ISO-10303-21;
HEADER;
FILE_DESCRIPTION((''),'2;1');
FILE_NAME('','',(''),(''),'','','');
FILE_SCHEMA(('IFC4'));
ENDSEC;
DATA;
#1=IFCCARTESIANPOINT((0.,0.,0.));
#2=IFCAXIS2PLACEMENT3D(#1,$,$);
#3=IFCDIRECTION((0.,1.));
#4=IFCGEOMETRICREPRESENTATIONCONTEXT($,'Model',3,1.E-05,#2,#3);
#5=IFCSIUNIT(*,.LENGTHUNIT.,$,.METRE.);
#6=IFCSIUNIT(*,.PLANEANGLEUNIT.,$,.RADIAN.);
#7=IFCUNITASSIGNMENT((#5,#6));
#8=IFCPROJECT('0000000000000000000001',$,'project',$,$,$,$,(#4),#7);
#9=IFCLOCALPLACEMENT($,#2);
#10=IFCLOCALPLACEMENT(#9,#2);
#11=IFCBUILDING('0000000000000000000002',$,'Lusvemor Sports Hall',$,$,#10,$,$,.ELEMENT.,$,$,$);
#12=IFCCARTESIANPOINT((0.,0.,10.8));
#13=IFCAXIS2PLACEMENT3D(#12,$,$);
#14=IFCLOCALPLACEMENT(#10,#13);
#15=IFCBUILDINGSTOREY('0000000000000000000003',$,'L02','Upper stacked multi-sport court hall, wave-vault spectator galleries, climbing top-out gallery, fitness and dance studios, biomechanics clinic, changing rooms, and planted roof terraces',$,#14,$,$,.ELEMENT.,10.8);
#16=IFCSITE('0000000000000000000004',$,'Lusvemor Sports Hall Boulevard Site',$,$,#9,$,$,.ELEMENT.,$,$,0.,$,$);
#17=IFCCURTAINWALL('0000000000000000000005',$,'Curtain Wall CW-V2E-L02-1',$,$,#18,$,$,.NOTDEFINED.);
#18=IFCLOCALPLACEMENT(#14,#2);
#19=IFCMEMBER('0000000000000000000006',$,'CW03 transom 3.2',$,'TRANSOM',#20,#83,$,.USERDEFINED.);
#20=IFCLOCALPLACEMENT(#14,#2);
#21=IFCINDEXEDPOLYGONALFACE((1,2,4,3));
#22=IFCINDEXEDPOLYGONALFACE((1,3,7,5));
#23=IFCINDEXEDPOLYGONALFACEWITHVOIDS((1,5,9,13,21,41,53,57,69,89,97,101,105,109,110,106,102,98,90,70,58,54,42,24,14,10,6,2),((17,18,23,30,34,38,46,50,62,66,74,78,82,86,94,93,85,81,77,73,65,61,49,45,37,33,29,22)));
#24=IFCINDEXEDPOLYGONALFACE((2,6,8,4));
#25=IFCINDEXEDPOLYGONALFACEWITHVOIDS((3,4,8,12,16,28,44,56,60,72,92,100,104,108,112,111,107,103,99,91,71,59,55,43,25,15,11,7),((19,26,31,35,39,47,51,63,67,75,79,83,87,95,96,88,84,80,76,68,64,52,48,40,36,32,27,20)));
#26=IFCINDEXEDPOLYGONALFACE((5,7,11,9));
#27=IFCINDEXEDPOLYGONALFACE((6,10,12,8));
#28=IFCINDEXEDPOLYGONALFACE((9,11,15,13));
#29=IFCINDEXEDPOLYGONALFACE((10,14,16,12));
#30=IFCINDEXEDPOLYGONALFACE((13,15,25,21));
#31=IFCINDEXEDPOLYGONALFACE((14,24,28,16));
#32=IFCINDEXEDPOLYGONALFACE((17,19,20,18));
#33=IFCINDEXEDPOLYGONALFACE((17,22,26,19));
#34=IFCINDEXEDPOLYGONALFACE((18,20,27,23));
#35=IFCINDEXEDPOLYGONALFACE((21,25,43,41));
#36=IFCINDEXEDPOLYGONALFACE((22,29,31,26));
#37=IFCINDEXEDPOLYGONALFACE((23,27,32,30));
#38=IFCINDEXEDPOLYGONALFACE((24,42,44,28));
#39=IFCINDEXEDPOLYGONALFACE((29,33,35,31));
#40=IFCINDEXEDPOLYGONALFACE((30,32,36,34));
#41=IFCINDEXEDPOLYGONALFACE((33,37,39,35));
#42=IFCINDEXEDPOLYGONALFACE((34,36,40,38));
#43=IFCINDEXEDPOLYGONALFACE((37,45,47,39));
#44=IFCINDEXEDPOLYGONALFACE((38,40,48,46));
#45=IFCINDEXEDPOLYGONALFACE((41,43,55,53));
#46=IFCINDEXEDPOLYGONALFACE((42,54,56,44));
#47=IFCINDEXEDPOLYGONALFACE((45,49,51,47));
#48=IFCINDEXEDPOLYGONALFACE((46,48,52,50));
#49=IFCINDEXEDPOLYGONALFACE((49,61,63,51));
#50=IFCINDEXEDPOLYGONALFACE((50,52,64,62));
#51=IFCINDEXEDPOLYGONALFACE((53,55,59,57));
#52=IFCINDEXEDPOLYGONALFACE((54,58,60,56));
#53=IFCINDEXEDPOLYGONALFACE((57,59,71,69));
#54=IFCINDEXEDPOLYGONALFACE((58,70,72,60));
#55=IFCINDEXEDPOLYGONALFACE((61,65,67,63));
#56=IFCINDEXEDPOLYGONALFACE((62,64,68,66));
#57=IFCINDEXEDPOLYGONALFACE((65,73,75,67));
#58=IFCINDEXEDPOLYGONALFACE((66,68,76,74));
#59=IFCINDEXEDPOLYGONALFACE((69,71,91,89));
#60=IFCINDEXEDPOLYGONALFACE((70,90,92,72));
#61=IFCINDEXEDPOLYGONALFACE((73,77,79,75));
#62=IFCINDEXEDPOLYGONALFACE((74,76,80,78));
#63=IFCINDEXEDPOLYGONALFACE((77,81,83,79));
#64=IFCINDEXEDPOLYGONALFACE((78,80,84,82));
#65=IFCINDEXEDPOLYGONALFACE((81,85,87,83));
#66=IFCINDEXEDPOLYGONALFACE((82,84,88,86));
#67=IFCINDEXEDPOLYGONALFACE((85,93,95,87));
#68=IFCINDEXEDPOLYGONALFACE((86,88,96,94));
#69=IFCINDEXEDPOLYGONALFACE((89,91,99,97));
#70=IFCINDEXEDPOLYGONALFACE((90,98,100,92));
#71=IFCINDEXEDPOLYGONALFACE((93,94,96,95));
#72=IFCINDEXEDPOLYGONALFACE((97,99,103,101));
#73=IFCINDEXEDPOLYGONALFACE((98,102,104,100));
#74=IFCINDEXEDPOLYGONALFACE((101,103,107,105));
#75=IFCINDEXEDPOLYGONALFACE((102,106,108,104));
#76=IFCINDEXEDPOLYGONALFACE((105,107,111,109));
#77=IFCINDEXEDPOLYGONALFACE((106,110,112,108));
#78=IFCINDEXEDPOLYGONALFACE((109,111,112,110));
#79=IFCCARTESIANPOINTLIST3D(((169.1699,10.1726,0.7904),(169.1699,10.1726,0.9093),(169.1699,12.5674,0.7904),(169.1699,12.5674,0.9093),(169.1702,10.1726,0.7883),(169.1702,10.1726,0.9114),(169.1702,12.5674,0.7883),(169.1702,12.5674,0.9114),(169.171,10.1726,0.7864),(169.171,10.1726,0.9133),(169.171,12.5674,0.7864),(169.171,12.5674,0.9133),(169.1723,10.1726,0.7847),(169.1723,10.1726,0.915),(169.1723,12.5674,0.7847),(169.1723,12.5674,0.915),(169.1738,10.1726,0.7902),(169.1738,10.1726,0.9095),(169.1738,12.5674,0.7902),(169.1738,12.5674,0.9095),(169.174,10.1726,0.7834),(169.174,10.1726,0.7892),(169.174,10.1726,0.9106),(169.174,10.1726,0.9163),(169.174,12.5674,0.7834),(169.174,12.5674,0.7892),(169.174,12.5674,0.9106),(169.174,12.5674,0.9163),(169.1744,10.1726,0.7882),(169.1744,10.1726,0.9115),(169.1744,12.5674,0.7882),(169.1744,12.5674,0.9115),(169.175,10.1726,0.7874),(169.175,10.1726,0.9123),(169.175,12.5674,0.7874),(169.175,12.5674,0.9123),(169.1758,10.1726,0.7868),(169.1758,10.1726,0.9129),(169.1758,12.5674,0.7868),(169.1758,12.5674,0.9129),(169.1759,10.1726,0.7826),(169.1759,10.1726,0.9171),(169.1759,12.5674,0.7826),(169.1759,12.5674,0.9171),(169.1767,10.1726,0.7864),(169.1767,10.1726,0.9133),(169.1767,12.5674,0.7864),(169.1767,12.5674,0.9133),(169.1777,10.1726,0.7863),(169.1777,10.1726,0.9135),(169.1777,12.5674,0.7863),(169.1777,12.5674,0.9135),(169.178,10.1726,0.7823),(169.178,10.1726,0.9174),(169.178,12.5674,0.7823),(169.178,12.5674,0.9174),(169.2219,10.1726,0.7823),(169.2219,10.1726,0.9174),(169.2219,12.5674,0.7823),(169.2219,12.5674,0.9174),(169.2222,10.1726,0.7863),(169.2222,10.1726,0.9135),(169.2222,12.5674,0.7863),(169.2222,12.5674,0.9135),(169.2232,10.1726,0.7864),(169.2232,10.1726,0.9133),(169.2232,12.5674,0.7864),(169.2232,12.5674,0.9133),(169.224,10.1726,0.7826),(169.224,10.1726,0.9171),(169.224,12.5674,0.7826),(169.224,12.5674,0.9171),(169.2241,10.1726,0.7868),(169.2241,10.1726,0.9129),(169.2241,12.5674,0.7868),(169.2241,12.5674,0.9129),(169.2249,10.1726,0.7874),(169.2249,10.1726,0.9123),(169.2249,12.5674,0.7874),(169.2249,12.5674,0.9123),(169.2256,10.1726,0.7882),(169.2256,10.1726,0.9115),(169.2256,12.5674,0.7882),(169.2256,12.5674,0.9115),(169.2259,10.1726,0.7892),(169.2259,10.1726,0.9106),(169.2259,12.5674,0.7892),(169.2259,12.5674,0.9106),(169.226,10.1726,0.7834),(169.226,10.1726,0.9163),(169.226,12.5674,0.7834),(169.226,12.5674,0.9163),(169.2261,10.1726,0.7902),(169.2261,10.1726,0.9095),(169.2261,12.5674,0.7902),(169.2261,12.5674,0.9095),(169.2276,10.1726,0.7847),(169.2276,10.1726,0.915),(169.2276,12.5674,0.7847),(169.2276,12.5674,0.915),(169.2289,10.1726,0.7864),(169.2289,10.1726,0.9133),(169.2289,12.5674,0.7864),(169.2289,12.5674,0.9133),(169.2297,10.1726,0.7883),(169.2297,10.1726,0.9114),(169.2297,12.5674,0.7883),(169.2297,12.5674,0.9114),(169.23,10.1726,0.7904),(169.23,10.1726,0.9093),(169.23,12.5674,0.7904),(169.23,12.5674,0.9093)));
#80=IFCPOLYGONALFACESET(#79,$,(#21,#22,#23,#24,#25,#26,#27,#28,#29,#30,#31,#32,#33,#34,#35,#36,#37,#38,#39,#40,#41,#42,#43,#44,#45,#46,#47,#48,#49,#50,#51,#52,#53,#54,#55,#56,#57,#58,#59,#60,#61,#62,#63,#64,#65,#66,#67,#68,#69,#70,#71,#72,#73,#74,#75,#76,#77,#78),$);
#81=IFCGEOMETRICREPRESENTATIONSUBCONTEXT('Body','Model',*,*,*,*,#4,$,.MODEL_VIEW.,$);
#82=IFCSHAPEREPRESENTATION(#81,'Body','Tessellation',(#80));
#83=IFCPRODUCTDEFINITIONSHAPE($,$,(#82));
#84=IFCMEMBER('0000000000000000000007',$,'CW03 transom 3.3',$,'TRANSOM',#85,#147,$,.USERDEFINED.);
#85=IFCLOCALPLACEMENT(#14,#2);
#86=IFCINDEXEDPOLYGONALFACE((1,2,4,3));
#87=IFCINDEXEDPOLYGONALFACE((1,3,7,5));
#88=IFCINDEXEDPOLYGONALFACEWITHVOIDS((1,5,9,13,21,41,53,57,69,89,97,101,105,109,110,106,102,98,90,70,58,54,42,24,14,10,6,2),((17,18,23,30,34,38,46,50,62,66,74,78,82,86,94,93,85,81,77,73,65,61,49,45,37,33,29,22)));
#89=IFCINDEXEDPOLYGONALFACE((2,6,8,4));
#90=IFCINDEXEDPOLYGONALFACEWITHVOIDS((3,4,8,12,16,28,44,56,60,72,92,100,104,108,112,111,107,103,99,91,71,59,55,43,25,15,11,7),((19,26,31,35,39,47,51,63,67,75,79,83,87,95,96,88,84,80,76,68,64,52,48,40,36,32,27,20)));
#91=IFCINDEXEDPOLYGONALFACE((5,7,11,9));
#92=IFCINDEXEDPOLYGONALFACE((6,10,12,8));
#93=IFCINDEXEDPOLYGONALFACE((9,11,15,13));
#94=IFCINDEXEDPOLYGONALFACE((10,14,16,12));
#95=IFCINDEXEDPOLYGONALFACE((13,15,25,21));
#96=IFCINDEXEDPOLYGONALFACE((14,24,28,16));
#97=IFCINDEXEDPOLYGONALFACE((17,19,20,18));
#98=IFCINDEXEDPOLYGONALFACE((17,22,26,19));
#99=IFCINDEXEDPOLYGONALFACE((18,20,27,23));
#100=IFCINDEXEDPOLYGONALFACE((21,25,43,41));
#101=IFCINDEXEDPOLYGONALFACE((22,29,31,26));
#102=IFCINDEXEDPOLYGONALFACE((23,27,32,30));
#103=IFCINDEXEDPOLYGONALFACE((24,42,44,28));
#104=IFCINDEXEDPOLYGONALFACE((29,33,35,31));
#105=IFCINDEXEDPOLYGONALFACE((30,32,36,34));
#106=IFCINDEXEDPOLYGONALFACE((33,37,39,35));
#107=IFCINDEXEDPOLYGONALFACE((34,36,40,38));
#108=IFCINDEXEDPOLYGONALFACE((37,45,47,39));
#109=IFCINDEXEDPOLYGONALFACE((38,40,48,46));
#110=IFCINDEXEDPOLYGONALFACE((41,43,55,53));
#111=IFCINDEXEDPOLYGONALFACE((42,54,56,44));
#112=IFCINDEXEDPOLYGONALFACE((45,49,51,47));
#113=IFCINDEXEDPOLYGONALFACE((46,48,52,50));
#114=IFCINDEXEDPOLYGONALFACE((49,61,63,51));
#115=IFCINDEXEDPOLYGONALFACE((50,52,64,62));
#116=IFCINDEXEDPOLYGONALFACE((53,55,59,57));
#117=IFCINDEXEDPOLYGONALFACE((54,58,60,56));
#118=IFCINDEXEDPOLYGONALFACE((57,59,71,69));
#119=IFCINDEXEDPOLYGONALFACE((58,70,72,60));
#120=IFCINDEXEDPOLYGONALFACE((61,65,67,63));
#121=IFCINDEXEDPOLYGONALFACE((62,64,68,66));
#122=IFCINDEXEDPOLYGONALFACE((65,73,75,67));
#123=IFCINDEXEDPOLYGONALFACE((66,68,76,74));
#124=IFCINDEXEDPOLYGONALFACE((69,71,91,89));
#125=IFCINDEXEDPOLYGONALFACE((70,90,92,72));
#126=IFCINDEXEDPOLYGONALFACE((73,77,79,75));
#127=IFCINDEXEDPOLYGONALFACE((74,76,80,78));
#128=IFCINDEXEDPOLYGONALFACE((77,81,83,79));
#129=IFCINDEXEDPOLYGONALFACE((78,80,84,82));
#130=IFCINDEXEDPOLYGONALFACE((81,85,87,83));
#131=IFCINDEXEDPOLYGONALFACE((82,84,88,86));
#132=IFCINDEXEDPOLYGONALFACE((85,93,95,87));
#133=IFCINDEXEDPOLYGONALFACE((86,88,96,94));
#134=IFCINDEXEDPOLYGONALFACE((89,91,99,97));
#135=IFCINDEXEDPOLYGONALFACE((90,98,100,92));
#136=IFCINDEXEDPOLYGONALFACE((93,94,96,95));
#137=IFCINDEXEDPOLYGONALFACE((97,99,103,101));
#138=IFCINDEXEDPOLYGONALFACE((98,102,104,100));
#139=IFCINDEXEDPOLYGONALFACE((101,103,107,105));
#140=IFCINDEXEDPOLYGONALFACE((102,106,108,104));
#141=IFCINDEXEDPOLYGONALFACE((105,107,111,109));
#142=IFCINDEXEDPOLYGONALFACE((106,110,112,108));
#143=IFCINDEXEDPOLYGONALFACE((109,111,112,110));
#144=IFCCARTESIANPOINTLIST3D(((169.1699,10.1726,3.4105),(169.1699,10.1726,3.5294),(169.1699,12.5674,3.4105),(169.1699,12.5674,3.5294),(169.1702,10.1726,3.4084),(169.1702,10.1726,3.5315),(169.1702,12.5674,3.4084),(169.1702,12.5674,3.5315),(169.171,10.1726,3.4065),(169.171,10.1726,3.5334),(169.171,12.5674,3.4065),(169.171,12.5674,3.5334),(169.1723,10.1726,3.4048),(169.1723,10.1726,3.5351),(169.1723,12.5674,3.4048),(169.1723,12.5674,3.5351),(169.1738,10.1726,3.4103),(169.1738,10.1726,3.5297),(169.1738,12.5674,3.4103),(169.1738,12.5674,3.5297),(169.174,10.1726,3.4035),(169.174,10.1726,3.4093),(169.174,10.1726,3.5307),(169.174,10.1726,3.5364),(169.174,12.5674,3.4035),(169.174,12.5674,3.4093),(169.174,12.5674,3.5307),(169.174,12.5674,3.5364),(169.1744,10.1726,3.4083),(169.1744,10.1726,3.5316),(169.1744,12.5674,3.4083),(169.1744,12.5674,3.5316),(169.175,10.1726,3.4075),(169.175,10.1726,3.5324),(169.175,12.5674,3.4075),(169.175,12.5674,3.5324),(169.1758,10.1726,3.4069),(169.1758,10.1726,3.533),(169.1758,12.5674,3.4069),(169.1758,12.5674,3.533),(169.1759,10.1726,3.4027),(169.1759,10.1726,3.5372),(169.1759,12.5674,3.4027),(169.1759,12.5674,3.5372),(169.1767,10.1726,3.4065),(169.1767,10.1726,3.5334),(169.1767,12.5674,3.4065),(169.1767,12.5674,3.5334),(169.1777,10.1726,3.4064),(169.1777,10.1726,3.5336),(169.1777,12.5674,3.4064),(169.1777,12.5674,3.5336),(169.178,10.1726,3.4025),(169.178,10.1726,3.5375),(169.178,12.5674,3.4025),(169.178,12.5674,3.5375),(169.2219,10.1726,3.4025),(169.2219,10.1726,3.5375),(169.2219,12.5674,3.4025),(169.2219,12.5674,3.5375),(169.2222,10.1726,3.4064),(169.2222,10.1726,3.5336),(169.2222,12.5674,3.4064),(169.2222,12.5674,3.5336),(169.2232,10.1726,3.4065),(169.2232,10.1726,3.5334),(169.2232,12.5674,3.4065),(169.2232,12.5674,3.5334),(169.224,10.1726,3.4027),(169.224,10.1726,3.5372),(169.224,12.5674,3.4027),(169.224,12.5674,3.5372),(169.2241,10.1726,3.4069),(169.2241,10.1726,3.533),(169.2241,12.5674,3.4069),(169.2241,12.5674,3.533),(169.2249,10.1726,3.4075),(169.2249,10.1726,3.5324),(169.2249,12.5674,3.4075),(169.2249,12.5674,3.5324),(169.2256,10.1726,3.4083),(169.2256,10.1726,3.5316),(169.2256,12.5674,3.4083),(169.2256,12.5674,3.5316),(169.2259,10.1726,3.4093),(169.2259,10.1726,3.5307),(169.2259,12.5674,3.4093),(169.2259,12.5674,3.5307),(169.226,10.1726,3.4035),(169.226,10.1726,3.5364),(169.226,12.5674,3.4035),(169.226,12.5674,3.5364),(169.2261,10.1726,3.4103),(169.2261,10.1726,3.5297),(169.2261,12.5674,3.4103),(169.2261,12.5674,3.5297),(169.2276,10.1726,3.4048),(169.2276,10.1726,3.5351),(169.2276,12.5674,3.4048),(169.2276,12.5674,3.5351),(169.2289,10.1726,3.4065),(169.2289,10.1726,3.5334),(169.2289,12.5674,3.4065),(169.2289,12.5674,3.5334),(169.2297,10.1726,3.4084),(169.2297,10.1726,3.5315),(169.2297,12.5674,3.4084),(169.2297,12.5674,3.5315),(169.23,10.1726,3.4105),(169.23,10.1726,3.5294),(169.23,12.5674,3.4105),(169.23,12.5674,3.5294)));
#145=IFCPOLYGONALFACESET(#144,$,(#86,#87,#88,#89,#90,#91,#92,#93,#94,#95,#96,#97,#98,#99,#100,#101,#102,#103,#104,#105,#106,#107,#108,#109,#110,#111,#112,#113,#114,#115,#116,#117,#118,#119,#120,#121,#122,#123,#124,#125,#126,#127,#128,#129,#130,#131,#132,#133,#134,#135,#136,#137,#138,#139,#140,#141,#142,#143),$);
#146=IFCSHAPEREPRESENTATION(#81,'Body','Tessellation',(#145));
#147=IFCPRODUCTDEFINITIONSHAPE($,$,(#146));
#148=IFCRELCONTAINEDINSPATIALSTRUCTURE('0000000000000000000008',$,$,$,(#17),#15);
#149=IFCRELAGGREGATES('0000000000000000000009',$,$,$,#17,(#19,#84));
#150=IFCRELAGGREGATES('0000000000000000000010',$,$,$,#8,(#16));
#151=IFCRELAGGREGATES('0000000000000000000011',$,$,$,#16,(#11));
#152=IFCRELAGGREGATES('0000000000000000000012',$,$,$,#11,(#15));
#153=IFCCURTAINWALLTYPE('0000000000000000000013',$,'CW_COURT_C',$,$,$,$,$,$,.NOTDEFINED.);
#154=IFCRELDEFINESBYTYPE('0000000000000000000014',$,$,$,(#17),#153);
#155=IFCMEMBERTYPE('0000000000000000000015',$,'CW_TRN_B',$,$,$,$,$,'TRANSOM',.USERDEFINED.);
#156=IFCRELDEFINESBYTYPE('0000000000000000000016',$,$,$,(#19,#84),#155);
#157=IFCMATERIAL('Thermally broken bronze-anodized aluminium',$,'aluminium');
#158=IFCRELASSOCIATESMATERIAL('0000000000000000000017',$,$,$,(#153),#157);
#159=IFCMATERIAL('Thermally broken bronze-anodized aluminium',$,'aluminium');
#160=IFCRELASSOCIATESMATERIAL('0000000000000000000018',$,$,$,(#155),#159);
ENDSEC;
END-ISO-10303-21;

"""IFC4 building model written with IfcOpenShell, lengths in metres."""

from ifc_helpers import new_model, si_unit, direction, frame, origin, origin_2d, place, context, subcontext, project, spatial, hollow_rectangle, extrude, material, material_profile, profile_set, type_object, element, aggregate, save


model = new_model("IFC4")

# Units and contexts
model_context = context("Model", 3, precision=1e-05, world=origin(), true_north=direction((0.0, 1.0)))
body_context = subcontext(model_context, "Body", "Model", "MODEL_VIEW")
ifc_project = project(units=[si_unit("LENGTHUNIT", "METRE"), si_unit("PLANEANGLEUNIT", "RADIAN")], contexts=[model_context])

# Site, building, storey
site_placement = place(None, origin())
site = spatial("IfcSite", under=ifc_project, at=site_placement, Name="Lusvemor Sports Hall Boulevard Site", CompositionType="ELEMENT", RefElevation=0.0)
building_placement = place(site_placement, origin())
building = spatial("IfcBuilding", under=site, at=building_placement, Name="Lusvemor Sports Hall", CompositionType="ELEMENT")
storey_placement = place(building_placement, frame((0.0, 0.0, 10.8)))
storey = spatial("IfcBuildingStorey", under=building, at=storey_placement, Name="L02", Description="Upper stacked multi-sport court hall, wave-vault spectator galleries, climbing top-out gallery, fitness and dance studios, biomechanics clinic, changing rooms, and planted roof terraces", CompositionType="ELEMENT", Elevation=10.8)

# Curtain wall, members
ifc_material_1 = material(Name="Thermally broken bronze-anodized aluminium", Category="aluminium")
curtain_wall_type = type_object("IfcCurtainWallType", Name="CW_COURT_C", PredefinedType="NOTDEFINED", material=ifc_material_1)
curtain_wall_placement = place(storey_placement, origin())
curtain_wall = element("IfcCurtainWall", 1, at=curtain_wall_placement, inside=storey, type_object=curtain_wall_type, Name="Curtain Wall CW-V2E-L02-1", PredefinedType="NOTDEFINED")
ifc_material_2 = material(Name="Thermally broken bronze-anodized aluminium", Category="aluminium")
ifc_material_profile_1 = material_profile(ifc_material_2, hollow_rectangle(XDim=0.0601, YDim=0.135, WallThickness=0.0039, InnerFilletRadius=0.0039, OuterFilletRadius=0.0081, at=origin_2d()), Name="CWTRN135x60x4")
ifc_profile_set_1 = profile_set([ifc_material_profile_1], Name="Thermally broken bronze-anodized aluminium")
member_type_1 = type_object("IfcMemberType", Name="CW_TRN_B", ElementType="TRANSOM", PredefinedType="USERDEFINED", material=ifc_profile_set_1)
member_1_placement = place(storey_placement, frame((169.2, 12.5674, 0.8499), z_axis=(0.0, -1.0, 0.0), x_axis=(1.0, 0.0, 0.0)))
member_1 = element("IfcMember", 2, at=member_1_placement, type_object=member_type_1, Name="CW03 transom 3.2", ObjectType="TRANSOM", PredefinedType="USERDEFINED", context=body_context, shape_type="SweptSolid", body=[
    extrude(hollow_rectangle(XDim=0.0601, YDim=0.135, WallThickness=0.0039, InnerFilletRadius=0.0039, OuterFilletRadius=0.0081, at=origin_2d()), origin(), (0.0, 0.0, 1.0), 2.3948),
])
member_2_placement = place(storey_placement, frame((169.2, 12.5674, 3.47), z_axis=(0.0, -1.0, 0.0), x_axis=(1.0, 0.0, 0.0)))
member_2 = element("IfcMember", 3, at=member_2_placement, type_object=member_type_1, Name="CW03 transom 3.3", ObjectType="TRANSOM", PredefinedType="USERDEFINED", context=body_context, shape_type="SweptSolid", body=[
    extrude(hollow_rectangle(XDim=0.0601, YDim=0.135, WallThickness=0.0039, InnerFilletRadius=0.0039, OuterFilletRadius=0.0081, at=origin_2d()), origin(), (0.0, 0.0, 1.0), 2.3948),
])

aggregate(curtain_wall, [member_1, member_2])

save(model, "model.ifc")
